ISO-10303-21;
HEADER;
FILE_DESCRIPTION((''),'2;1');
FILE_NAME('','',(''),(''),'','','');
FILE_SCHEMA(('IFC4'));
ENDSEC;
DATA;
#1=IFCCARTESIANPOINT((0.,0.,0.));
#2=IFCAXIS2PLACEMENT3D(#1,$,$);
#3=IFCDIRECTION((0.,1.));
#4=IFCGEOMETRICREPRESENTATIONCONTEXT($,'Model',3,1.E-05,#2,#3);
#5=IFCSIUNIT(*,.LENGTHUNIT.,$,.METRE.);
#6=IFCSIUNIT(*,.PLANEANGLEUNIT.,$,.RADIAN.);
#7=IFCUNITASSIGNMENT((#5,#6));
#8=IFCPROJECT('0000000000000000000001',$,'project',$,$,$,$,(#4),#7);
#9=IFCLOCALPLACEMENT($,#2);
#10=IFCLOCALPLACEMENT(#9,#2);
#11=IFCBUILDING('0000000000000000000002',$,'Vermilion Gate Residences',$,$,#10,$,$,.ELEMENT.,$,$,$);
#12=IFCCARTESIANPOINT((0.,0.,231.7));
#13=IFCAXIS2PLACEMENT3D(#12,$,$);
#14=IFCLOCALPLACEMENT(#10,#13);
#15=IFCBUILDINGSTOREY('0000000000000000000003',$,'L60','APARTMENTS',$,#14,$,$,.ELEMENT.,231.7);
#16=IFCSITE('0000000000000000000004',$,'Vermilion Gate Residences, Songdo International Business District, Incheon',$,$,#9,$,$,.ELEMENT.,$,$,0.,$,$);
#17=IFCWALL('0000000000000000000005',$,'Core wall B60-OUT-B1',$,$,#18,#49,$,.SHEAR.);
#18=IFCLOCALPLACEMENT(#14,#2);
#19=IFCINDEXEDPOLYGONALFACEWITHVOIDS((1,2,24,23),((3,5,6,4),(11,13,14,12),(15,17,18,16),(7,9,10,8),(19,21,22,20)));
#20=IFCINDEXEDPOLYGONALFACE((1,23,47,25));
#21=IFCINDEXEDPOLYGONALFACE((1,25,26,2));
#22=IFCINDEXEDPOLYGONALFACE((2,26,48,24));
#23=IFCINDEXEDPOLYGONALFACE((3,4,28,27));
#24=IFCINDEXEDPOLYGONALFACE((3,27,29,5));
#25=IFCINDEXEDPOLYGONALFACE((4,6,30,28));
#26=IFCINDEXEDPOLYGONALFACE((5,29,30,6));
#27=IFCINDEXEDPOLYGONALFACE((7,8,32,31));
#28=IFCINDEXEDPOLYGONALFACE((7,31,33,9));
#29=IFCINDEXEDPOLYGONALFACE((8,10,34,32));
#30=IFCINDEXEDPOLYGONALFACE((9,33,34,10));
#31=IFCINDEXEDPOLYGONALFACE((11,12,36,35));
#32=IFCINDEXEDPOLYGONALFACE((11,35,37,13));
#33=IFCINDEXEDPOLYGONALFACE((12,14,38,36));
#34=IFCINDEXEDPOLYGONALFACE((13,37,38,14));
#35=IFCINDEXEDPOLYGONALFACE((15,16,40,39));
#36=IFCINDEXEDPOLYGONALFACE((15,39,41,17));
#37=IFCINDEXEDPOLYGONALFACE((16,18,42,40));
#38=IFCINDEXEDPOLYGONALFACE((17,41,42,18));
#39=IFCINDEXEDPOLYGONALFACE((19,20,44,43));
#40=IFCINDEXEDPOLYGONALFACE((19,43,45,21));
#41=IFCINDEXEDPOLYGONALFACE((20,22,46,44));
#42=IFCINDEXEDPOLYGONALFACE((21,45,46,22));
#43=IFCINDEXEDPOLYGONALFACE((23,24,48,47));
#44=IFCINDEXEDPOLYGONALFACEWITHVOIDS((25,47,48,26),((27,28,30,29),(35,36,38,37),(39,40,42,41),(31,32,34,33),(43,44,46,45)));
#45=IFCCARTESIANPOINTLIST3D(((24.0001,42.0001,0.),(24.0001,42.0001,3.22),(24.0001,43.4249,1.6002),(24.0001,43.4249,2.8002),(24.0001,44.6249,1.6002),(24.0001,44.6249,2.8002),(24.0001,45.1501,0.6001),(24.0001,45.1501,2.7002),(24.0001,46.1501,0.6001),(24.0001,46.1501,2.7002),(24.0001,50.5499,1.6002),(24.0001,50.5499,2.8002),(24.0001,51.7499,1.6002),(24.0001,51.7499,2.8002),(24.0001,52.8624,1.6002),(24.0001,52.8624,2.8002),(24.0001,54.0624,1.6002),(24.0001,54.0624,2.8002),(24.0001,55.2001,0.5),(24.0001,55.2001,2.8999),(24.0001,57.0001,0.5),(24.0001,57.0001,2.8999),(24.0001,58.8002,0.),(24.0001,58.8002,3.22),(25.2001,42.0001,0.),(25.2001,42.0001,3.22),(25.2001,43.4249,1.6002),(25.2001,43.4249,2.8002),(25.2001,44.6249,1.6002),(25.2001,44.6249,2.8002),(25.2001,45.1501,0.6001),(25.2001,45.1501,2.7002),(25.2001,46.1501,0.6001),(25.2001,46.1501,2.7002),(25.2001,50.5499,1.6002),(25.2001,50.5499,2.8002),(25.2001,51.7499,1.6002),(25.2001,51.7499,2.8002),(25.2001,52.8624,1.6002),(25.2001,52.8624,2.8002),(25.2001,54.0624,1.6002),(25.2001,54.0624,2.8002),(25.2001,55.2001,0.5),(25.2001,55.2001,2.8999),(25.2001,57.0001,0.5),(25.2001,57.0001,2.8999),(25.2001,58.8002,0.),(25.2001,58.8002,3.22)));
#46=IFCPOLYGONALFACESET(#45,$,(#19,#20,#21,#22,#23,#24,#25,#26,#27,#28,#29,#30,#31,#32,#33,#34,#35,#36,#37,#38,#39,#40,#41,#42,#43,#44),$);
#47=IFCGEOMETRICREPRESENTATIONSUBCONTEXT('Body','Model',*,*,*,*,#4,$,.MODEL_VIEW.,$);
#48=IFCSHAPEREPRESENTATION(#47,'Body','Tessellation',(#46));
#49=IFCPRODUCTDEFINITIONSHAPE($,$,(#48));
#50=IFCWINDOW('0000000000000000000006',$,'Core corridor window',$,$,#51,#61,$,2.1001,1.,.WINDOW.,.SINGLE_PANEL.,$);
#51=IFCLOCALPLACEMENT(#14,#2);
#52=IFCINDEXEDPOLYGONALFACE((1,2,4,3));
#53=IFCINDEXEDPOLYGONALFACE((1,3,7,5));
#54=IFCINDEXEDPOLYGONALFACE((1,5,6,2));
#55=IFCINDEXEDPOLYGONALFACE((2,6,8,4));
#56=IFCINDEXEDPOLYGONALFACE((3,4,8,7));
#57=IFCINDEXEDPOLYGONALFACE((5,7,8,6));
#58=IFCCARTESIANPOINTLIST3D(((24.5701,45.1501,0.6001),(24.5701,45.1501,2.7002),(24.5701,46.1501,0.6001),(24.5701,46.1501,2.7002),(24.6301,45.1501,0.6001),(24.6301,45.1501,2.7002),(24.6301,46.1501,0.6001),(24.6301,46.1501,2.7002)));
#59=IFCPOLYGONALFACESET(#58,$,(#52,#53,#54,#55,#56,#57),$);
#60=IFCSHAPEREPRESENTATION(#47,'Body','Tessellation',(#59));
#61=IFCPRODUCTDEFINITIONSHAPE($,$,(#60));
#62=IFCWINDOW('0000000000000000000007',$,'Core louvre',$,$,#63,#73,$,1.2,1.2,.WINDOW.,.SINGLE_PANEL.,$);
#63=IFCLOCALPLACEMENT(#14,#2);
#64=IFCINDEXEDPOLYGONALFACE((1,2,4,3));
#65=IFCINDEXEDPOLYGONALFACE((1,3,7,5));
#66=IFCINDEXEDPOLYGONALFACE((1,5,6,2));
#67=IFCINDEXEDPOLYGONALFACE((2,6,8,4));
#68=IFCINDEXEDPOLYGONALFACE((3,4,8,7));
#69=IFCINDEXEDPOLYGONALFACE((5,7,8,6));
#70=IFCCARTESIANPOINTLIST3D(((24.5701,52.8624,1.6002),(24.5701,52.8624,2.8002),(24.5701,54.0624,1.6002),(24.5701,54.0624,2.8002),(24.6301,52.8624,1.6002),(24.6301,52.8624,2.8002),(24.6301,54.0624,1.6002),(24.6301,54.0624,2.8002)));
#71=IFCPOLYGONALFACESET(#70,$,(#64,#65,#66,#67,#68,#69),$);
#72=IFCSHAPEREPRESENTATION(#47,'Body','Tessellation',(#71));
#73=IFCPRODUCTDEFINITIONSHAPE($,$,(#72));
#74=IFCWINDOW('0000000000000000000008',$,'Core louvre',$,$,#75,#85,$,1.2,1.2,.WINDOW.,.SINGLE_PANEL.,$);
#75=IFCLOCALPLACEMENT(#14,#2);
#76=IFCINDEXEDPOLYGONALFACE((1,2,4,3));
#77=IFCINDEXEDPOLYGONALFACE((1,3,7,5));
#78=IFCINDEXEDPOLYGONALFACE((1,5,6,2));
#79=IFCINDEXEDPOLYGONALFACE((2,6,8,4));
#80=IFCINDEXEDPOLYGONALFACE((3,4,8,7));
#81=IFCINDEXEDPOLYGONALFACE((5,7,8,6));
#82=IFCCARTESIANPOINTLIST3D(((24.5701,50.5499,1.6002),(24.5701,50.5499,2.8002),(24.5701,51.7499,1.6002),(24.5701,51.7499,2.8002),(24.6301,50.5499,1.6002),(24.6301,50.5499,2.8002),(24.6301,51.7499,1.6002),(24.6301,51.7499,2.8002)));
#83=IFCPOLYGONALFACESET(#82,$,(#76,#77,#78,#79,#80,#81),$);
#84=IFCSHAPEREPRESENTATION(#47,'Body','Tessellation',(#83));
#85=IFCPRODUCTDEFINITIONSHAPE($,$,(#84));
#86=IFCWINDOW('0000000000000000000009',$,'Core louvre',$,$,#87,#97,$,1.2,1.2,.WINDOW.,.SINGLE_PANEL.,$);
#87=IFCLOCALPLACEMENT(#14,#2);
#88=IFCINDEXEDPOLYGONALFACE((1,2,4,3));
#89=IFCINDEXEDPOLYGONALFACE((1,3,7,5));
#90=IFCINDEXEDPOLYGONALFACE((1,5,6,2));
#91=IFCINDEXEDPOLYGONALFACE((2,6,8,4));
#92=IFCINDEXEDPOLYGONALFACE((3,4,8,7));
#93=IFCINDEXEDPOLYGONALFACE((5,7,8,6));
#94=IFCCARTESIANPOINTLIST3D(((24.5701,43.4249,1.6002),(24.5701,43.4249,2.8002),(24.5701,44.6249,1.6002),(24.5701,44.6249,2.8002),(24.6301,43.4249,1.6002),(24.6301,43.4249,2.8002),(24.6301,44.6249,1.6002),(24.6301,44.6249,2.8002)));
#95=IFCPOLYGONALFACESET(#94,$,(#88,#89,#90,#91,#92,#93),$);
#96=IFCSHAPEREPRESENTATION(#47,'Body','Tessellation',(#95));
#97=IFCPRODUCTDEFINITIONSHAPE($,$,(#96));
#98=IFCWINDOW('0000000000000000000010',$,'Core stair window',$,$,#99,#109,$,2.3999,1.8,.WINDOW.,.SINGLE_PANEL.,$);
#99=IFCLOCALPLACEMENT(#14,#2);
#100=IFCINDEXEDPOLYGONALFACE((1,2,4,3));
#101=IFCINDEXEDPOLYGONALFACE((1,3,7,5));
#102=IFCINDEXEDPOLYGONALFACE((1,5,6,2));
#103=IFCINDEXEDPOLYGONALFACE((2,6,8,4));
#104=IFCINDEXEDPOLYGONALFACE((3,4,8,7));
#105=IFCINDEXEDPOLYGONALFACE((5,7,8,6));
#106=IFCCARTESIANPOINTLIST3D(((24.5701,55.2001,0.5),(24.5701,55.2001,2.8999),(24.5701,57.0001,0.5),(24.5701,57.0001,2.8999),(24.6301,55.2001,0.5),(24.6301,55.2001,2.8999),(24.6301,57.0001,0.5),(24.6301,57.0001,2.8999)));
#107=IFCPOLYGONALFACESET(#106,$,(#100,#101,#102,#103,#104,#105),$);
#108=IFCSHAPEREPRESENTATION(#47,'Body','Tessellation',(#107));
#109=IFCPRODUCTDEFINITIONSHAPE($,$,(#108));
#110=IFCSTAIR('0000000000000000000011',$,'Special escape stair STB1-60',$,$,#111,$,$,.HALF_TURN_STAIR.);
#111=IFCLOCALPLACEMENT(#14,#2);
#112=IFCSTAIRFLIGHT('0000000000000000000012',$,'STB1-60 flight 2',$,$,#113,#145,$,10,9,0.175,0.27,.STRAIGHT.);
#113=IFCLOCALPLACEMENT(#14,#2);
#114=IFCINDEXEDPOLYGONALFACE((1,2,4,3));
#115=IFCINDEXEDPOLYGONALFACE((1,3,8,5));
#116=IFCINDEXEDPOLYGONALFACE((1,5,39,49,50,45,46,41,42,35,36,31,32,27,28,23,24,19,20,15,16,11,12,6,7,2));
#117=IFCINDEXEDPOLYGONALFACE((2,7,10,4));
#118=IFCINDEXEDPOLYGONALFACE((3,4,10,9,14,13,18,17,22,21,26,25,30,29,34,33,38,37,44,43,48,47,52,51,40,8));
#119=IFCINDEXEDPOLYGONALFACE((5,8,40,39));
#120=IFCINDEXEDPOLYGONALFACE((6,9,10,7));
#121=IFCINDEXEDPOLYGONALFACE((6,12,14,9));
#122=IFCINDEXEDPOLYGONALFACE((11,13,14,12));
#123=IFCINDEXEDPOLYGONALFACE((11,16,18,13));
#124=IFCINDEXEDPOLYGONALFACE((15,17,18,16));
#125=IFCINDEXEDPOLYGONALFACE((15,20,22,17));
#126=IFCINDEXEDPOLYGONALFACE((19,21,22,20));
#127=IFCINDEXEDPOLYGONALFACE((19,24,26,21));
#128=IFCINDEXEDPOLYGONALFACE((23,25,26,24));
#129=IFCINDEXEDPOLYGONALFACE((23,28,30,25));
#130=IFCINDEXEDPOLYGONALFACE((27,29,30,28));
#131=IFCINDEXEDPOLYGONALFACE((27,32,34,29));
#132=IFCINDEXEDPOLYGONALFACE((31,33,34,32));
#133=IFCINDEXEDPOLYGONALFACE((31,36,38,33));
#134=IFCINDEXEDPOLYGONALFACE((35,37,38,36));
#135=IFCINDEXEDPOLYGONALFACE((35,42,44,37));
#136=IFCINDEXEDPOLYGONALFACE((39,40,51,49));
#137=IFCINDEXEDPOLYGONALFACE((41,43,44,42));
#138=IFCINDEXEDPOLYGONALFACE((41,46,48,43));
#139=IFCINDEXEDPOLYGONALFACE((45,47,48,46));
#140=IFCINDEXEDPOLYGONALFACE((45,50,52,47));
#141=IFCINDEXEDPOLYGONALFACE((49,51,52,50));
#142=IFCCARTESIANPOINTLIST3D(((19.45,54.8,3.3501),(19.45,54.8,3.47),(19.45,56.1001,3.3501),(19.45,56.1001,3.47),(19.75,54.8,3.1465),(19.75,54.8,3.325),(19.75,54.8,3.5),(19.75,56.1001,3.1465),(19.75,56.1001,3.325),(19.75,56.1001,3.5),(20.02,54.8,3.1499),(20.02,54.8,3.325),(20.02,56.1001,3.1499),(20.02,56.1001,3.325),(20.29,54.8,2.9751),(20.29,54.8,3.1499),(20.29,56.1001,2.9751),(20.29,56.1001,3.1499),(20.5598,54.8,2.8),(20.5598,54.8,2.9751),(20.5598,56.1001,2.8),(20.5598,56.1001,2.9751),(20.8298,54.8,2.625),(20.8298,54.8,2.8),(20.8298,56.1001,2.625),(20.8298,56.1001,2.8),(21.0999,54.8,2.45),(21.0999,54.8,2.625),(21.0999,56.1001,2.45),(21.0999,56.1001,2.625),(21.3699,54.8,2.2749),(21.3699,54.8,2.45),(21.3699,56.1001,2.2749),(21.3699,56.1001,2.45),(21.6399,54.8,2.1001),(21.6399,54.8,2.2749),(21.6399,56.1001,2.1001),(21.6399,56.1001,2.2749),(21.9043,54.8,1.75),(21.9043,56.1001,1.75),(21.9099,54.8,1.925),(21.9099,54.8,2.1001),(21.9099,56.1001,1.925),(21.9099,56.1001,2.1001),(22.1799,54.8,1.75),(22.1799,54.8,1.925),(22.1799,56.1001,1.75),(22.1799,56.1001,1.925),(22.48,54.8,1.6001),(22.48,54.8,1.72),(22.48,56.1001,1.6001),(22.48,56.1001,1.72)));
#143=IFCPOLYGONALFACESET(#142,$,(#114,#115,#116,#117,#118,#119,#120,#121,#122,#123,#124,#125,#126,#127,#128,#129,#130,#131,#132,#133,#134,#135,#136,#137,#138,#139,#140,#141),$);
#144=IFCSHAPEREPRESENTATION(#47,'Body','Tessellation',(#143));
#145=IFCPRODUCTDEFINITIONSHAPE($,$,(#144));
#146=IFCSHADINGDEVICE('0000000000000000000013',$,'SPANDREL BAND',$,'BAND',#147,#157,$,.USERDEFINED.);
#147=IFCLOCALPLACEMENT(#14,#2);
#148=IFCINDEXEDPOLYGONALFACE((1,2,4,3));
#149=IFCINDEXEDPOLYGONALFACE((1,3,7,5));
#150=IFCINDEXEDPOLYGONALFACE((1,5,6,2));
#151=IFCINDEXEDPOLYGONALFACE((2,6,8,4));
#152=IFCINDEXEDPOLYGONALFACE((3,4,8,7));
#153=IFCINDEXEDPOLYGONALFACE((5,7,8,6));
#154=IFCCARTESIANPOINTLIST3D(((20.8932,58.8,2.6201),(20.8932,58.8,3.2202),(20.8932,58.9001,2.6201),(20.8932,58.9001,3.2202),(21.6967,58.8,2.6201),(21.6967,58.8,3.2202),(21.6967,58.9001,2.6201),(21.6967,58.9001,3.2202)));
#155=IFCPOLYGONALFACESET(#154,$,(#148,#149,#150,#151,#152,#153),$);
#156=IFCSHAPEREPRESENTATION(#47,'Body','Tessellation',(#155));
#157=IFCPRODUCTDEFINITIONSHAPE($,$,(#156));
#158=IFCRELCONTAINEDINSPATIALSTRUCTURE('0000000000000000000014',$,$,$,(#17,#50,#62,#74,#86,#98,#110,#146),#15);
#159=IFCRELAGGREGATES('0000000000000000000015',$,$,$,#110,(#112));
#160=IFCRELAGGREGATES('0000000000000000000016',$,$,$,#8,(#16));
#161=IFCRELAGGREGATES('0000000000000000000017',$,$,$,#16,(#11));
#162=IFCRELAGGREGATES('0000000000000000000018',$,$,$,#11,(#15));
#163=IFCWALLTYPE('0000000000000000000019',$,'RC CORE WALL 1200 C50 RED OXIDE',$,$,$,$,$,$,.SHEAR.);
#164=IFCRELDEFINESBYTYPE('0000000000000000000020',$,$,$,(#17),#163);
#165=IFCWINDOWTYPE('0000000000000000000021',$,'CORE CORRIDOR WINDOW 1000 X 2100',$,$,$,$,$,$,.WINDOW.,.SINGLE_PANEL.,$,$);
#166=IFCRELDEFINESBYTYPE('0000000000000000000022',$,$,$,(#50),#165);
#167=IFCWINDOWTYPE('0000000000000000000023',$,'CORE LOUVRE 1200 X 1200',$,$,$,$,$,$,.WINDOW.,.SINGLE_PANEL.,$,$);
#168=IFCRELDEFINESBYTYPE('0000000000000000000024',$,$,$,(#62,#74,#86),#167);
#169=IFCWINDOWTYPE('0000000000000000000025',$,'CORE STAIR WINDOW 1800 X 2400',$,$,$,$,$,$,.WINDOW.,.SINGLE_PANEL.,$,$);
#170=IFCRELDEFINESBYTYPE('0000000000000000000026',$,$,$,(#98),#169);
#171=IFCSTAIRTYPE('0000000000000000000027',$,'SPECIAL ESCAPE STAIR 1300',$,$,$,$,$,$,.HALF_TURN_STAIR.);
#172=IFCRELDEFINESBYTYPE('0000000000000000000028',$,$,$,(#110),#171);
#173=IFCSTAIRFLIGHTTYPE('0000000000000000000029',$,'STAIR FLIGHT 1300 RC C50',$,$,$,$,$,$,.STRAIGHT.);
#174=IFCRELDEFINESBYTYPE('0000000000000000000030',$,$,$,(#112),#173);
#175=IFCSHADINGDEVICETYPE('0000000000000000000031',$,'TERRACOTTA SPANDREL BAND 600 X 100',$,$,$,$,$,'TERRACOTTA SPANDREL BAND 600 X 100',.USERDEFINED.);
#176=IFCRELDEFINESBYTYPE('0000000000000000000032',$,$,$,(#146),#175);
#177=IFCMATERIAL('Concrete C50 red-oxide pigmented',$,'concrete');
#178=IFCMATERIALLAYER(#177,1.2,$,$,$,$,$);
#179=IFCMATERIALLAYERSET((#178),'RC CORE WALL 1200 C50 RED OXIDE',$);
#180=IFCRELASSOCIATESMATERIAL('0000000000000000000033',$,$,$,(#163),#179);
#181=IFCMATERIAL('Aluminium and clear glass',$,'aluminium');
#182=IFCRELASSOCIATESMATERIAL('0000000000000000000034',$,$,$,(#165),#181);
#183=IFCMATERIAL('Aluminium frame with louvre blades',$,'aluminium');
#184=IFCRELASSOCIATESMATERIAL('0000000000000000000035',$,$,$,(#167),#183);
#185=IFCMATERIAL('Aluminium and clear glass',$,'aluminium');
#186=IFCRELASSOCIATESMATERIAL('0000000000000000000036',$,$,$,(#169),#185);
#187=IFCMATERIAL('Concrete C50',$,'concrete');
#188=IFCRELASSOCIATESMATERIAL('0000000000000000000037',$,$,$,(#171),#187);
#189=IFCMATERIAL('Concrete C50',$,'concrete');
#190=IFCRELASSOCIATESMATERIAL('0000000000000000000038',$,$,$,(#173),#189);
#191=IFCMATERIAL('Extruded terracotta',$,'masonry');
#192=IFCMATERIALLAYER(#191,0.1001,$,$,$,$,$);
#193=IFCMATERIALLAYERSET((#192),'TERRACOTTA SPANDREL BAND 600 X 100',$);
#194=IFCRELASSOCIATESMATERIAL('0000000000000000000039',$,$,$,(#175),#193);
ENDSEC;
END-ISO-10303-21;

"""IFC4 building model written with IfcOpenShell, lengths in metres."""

from ifc_helpers import new_model, si_unit, direction, frame, frame_2d, origin, origin_2d, place, context, subcontext, project, spatial, polyline, rectangle, outline, extrude, material, layer, layer_set, type_object, element, fill, aggregate, save


model = new_model("IFC4")

# Units and contexts
model_context = context("Model", 3, precision=1e-05, world=origin(), true_north=direction((0.0, 1.0)))
body_context = subcontext(model_context, "Body", "Model", "MODEL_VIEW")
ifc_project = project(units=[si_unit("LENGTHUNIT", "METRE"), si_unit("PLANEANGLEUNIT", "RADIAN")], contexts=[model_context])

# Site, building, storey
site_placement = place(None, origin())
site = spatial("IfcSite", under=ifc_project, at=site_placement, Name="Vermilion Gate Residences, Songdo International Business District, Incheon", CompositionType="ELEMENT", RefElevation=0.0)
building_placement = place(site_placement, origin())
building = spatial("IfcBuilding", under=site, at=building_placement, Name="Vermilion Gate Residences", CompositionType="ELEMENT")
storey_placement = place(building_placement, frame((0.0, 0.0, 231.7)))
storey = spatial("IfcBuildingStorey", under=building, at=storey_placement, Name="L60", Description="APARTMENTS", CompositionType="ELEMENT", Elevation=231.7)

# Wall, openings, windows
ifc_material_1 = material(Name="Concrete C50 red-oxide pigmented", Category="concrete")
ifc_layer_1 = layer(ifc_material_1, 1.2)
ifc_layer_set_1 = layer_set([ifc_layer_1], Name="RC CORE WALL 1200 C50 RED OXIDE")
wall_type_1 = type_object("IfcWallType", Name="RC CORE WALL 1200 C50 RED OXIDE", PredefinedType="SHEAR", material=ifc_layer_set_1)
wall_1_placement = place(storey_placement, frame((24.6001, 58.8, 0.0), z_axis=(0.0, 0.0, 1.0), x_axis=(0.0, -1.0, 0.0)))
wall_1 = element("IfcWall", 1, at=wall_1_placement, inside=storey, type_object=wall_type_1, Name="Core wall B60-OUT-B1", PredefinedType="SHEAR", context=body_context, shape_type="SweptSolid", body=[
    extrude(rectangle(XDim=16.8, YDim=1.2, at=frame_2d((8.3999, 0.0))), origin(), (0.0, 0.0, 1.0), 3.22),
])
opening_1_placement = place(wall_1_placement, frame((1.8, 0.0, 0.5)))
opening_1 = element("IfcOpeningElement", 2, at=opening_1_placement, cuts=wall_1, PredefinedType="OPENING", context=body_context, shape_type="SweptSolid", body=[
    extrude(rectangle(XDim=1.8, YDim=2.3999, at=frame_2d((0.8999, 1.2))), frame((0.0, 0.6099, 0.0), z_axis=(0.0, -1.0, 0.0), x_axis=(1.0, 0.0, 0.0)), (0.0, 0.0, 1.0), 1.22),
])
opening_2_placement = place(wall_1_placement, frame((4.7375, 0.0, 1.6001)))
opening_2 = element("IfcOpeningElement", 3, at=opening_2_placement, cuts=wall_1, PredefinedType="OPENING", context=body_context, shape_type="SweptSolid", body=[
    extrude(rectangle(XDim=1.2, YDim=1.2, at=frame_2d((0.6001, 0.6001))), frame((0.0, 0.6099, 0.0), z_axis=(0.0, -1.0, 0.0), x_axis=(1.0, 0.0, 0.0)), (0.0, 0.0, 1.0), 1.22),
])
opening_3_placement = place(wall_1_placement, frame((7.05, 0.0, 1.6001)))
opening_3 = element("IfcOpeningElement", 4, at=opening_3_placement, cuts=wall_1, PredefinedType="OPENING", context=body_context, shape_type="SweptSolid", body=[
    extrude(rectangle(XDim=1.2, YDim=1.2, at=frame_2d((0.6001, 0.6001))), frame((0.0, 0.6099, 0.0), z_axis=(0.0, -1.0, 0.0), x_axis=(1.0, 0.0, 0.0)), (0.0, 0.0, 1.0), 1.22),
])
opening_4_placement = place(wall_1_placement, frame((12.6499, 0.0, 0.6001)))
opening_4 = element("IfcOpeningElement", 5, at=opening_4_placement, cuts=wall_1, PredefinedType="OPENING", context=body_context, shape_type="SweptSolid", body=[
    extrude(rectangle(XDim=1.0, YDim=2.1001, at=frame_2d((0.5, 1.05))), frame((0.0, 0.6099, 0.0), z_axis=(0.0, -1.0, 0.0), x_axis=(1.0, 0.0, 0.0)), (0.0, 0.0, 1.0), 1.22),
])
opening_5_placement = place(wall_1_placement, frame((14.175, 0.0, 1.6001)))
opening_5 = element("IfcOpeningElement", 6, at=opening_5_placement, cuts=wall_1, PredefinedType="OPENING", context=body_context, shape_type="SweptSolid", body=[
    extrude(rectangle(XDim=1.2, YDim=1.2, at=frame_2d((0.6001, 0.6001))), frame((0.0, 0.6099, 0.0), z_axis=(0.0, -1.0, 0.0), x_axis=(1.0, 0.0, 0.0)), (0.0, 0.0, 1.0), 1.22),
])
ifc_material_2 = material(Name="Aluminium and clear glass", Category="aluminium")
window_type_1 = type_object("IfcWindowType", Name="CORE CORRIDOR WINDOW 1000 X 2100", PartitioningType="SINGLE_PANEL", PredefinedType="WINDOW", material=ifc_material_2)
window_1_placement = place(opening_4_placement, origin())
window_1 = element("IfcWindow", 7, at=window_1_placement, inside=storey, type_object=window_type_1, Name="Core corridor window", OverallHeight=2.1001, OverallWidth=1.0, PartitioningType="SINGLE_PANEL", PredefinedType="WINDOW", context=body_context, shape_type="SweptSolid", body=[
    extrude(rectangle(XDim=1.0, YDim=2.1001, at=frame_2d((0.5, 1.05))), frame((0.0, 0.03, 0.0), z_axis=(0.0, -1.0, 0.0), x_axis=(1.0, 0.0, 0.0)), (0.0, 0.0, 1.0), 0.0601),
])
fill(opening_4, window_1)
ifc_material_3 = material(Name="Aluminium frame with louvre blades", Category="aluminium")
window_type_2 = type_object("IfcWindowType", Name="CORE LOUVRE 1200 X 1200", PartitioningType="SINGLE_PANEL", PredefinedType="WINDOW", material=ifc_material_3)
window_2_placement = place(opening_2_placement, origin())
window_2 = element("IfcWindow", 8, at=window_2_placement, inside=storey, type_object=window_type_2, Name="Core louvre", OverallHeight=1.2, OverallWidth=1.2, PartitioningType="SINGLE_PANEL", PredefinedType="WINDOW", context=body_context, shape_type="SweptSolid", body=[
    extrude(rectangle(XDim=1.2, YDim=1.2, at=frame_2d((0.6001, 0.6001))), frame((0.0, 0.03, 0.0), z_axis=(0.0, -1.0, 0.0), x_axis=(1.0, 0.0, 0.0)), (0.0, 0.0, 1.0), 0.0601),
])
fill(opening_2, window_2)
window_3_placement = place(opening_3_placement, origin())
window_3 = element("IfcWindow", 9, at=window_3_placement, inside=storey, type_object=window_type_2, Name="Core louvre", OverallHeight=1.2, OverallWidth=1.2, PartitioningType="SINGLE_PANEL", PredefinedType="WINDOW", context=body_context, shape_type="SweptSolid", body=[
    extrude(rectangle(XDim=1.2, YDim=1.2, at=frame_2d((0.6001, 0.6001))), frame((0.0, 0.03, 0.0), z_axis=(0.0, -1.0, 0.0), x_axis=(1.0, 0.0, 0.0)), (0.0, 0.0, 1.0), 0.0601),
])
fill(opening_3, window_3)
window_4_placement = place(opening_5_placement, origin())
window_4 = element("IfcWindow", 10, at=window_4_placement, inside=storey, type_object=window_type_2, Name="Core louvre", OverallHeight=1.2, OverallWidth=1.2, PartitioningType="SINGLE_PANEL", PredefinedType="WINDOW", context=body_context, shape_type="SweptSolid", body=[
    extrude(rectangle(XDim=1.2, YDim=1.2, at=frame_2d((0.6001, 0.6001))), frame((0.0, 0.03, 0.0), z_axis=(0.0, -1.0, 0.0), x_axis=(1.0, 0.0, 0.0)), (0.0, 0.0, 1.0), 0.0601),
])
fill(opening_5, window_4)
ifc_material_4 = material(Name="Aluminium and clear glass", Category="aluminium")
window_type_3 = type_object("IfcWindowType", Name="CORE STAIR WINDOW 1800 X 2400", PartitioningType="SINGLE_PANEL", PredefinedType="WINDOW", material=ifc_material_4)
window_5_placement = place(opening_1_placement, origin())
window_5 = element("IfcWindow", 11, at=window_5_placement, inside=storey, type_object=window_type_3, Name="Core stair window", OverallHeight=2.3999, OverallWidth=1.8, PartitioningType="SINGLE_PANEL", PredefinedType="WINDOW", context=body_context, shape_type="SweptSolid", body=[
    extrude(rectangle(XDim=1.8, YDim=2.3999, at=frame_2d((0.8999, 1.2))), frame((0.0, 0.03, 0.0), z_axis=(0.0, -1.0, 0.0), x_axis=(1.0, 0.0, 0.0)), (0.0, 0.0, 1.0), 0.0601),
])
fill(opening_1, window_5)

# Stair, stair flight
ifc_material_5 = material(Name="Concrete C50", Category="concrete")
stair_type = type_object("IfcStairType", Name="SPECIAL ESCAPE STAIR 1300", PredefinedType="HALF_TURN_STAIR", material=ifc_material_5)
stair_placement = place(storey_placement, origin())
stair = element("IfcStair", 12, at=stair_placement, inside=storey, type_object=stair_type, Name="Special escape stair STB1-60", PredefinedType="HALF_TURN_STAIR")
ifc_material_6 = material(Name="Concrete C50", Category="concrete")
stair_flight_type = type_object("IfcStairFlightType", Name="STAIR FLIGHT 1300 RC C50", PredefinedType="STRAIGHT", material=ifc_material_6)
stair_flight_placement = place(storey_placement, frame((22.1799, 55.45, 1.75), z_axis=(0.0, 0.0, 1.0), x_axis=(-1.0, 0.0, 0.0)))
stair_flight = element("IfcStairFlight", 13, at=stair_flight_placement, type_object=stair_flight_type, Name="STB1-60 flight 2", NumberOfRisers=10, NumberOfTreads=9, PredefinedType="STRAIGHT", RiserHeight=0.175, TreadLength=0.27, context=body_context, shape_type="SweptSolid", body=[
    extrude(outline(polyline([(-0.3, -0.1499), (-0.3, -0.03), (0.0, 0.0), (0.0, 0.175), (0.27, 0.175), (0.27, 0.3501), (0.54, 0.3501), (0.54, 0.5249), (0.8101, 0.5249), (0.8101, 0.7), (1.0801, 0.7), (1.0801, 0.875), (1.3501, 0.875), (1.3501, 1.05), (1.6201, 1.05), (1.6201, 1.2251), (1.8899, 1.2251), (1.8899, 1.3999), (2.1599, 1.3999), (2.1599, 1.575), (2.4299, 1.575), (2.4299, 1.75), (2.73, 1.72), (2.73, 1.6001), (2.4299, 1.3965), (0.2756, 0.0), (-0.3, -0.1499)])), frame((0.0, 0.6499, 0.0), z_axis=(0.0, -1.0, 0.0), x_axis=(1.0, 0.0, 0.0)), (0.0, 0.0, 1.0), 1.3),
])
aggregate(stair, [stair_flight])

# Shading device
ifc_material_7 = material(Name="Extruded terracotta", Category="masonry")
ifc_layer_2 = layer(ifc_material_7, 0.1001)
ifc_layer_set_2 = layer_set([ifc_layer_2], Name="TERRACOTTA SPANDREL BAND 600 X 100")
shading_device_type = type_object("IfcShadingDeviceType", Name="TERRACOTTA SPANDREL BAND 600 X 100", ElementType="TERRACOTTA SPANDREL BAND 600 X 100", PredefinedType="USERDEFINED", material=ifc_layer_set_2)
shading_device_1_placement = place(storey_placement, frame((21.2949, 58.8501, 2.6201), z_axis=(0.0, 0.0, 1.0), x_axis=(1.0, 0.0, 0.0)))
element("IfcShadingDevice", 14, at=shading_device_1_placement, inside=storey, type_object=shading_device_type, Name="SPANDREL BAND", ObjectType="BAND", PredefinedType="USERDEFINED", context=body_context, shape_type="SweptSolid", body=[
    extrude(rectangle(XDim=0.8035, YDim=0.1001, at=origin_2d()), origin(), (0.0, 0.0, 1.0), 0.6001),
])

save(model, "model.ifc")
